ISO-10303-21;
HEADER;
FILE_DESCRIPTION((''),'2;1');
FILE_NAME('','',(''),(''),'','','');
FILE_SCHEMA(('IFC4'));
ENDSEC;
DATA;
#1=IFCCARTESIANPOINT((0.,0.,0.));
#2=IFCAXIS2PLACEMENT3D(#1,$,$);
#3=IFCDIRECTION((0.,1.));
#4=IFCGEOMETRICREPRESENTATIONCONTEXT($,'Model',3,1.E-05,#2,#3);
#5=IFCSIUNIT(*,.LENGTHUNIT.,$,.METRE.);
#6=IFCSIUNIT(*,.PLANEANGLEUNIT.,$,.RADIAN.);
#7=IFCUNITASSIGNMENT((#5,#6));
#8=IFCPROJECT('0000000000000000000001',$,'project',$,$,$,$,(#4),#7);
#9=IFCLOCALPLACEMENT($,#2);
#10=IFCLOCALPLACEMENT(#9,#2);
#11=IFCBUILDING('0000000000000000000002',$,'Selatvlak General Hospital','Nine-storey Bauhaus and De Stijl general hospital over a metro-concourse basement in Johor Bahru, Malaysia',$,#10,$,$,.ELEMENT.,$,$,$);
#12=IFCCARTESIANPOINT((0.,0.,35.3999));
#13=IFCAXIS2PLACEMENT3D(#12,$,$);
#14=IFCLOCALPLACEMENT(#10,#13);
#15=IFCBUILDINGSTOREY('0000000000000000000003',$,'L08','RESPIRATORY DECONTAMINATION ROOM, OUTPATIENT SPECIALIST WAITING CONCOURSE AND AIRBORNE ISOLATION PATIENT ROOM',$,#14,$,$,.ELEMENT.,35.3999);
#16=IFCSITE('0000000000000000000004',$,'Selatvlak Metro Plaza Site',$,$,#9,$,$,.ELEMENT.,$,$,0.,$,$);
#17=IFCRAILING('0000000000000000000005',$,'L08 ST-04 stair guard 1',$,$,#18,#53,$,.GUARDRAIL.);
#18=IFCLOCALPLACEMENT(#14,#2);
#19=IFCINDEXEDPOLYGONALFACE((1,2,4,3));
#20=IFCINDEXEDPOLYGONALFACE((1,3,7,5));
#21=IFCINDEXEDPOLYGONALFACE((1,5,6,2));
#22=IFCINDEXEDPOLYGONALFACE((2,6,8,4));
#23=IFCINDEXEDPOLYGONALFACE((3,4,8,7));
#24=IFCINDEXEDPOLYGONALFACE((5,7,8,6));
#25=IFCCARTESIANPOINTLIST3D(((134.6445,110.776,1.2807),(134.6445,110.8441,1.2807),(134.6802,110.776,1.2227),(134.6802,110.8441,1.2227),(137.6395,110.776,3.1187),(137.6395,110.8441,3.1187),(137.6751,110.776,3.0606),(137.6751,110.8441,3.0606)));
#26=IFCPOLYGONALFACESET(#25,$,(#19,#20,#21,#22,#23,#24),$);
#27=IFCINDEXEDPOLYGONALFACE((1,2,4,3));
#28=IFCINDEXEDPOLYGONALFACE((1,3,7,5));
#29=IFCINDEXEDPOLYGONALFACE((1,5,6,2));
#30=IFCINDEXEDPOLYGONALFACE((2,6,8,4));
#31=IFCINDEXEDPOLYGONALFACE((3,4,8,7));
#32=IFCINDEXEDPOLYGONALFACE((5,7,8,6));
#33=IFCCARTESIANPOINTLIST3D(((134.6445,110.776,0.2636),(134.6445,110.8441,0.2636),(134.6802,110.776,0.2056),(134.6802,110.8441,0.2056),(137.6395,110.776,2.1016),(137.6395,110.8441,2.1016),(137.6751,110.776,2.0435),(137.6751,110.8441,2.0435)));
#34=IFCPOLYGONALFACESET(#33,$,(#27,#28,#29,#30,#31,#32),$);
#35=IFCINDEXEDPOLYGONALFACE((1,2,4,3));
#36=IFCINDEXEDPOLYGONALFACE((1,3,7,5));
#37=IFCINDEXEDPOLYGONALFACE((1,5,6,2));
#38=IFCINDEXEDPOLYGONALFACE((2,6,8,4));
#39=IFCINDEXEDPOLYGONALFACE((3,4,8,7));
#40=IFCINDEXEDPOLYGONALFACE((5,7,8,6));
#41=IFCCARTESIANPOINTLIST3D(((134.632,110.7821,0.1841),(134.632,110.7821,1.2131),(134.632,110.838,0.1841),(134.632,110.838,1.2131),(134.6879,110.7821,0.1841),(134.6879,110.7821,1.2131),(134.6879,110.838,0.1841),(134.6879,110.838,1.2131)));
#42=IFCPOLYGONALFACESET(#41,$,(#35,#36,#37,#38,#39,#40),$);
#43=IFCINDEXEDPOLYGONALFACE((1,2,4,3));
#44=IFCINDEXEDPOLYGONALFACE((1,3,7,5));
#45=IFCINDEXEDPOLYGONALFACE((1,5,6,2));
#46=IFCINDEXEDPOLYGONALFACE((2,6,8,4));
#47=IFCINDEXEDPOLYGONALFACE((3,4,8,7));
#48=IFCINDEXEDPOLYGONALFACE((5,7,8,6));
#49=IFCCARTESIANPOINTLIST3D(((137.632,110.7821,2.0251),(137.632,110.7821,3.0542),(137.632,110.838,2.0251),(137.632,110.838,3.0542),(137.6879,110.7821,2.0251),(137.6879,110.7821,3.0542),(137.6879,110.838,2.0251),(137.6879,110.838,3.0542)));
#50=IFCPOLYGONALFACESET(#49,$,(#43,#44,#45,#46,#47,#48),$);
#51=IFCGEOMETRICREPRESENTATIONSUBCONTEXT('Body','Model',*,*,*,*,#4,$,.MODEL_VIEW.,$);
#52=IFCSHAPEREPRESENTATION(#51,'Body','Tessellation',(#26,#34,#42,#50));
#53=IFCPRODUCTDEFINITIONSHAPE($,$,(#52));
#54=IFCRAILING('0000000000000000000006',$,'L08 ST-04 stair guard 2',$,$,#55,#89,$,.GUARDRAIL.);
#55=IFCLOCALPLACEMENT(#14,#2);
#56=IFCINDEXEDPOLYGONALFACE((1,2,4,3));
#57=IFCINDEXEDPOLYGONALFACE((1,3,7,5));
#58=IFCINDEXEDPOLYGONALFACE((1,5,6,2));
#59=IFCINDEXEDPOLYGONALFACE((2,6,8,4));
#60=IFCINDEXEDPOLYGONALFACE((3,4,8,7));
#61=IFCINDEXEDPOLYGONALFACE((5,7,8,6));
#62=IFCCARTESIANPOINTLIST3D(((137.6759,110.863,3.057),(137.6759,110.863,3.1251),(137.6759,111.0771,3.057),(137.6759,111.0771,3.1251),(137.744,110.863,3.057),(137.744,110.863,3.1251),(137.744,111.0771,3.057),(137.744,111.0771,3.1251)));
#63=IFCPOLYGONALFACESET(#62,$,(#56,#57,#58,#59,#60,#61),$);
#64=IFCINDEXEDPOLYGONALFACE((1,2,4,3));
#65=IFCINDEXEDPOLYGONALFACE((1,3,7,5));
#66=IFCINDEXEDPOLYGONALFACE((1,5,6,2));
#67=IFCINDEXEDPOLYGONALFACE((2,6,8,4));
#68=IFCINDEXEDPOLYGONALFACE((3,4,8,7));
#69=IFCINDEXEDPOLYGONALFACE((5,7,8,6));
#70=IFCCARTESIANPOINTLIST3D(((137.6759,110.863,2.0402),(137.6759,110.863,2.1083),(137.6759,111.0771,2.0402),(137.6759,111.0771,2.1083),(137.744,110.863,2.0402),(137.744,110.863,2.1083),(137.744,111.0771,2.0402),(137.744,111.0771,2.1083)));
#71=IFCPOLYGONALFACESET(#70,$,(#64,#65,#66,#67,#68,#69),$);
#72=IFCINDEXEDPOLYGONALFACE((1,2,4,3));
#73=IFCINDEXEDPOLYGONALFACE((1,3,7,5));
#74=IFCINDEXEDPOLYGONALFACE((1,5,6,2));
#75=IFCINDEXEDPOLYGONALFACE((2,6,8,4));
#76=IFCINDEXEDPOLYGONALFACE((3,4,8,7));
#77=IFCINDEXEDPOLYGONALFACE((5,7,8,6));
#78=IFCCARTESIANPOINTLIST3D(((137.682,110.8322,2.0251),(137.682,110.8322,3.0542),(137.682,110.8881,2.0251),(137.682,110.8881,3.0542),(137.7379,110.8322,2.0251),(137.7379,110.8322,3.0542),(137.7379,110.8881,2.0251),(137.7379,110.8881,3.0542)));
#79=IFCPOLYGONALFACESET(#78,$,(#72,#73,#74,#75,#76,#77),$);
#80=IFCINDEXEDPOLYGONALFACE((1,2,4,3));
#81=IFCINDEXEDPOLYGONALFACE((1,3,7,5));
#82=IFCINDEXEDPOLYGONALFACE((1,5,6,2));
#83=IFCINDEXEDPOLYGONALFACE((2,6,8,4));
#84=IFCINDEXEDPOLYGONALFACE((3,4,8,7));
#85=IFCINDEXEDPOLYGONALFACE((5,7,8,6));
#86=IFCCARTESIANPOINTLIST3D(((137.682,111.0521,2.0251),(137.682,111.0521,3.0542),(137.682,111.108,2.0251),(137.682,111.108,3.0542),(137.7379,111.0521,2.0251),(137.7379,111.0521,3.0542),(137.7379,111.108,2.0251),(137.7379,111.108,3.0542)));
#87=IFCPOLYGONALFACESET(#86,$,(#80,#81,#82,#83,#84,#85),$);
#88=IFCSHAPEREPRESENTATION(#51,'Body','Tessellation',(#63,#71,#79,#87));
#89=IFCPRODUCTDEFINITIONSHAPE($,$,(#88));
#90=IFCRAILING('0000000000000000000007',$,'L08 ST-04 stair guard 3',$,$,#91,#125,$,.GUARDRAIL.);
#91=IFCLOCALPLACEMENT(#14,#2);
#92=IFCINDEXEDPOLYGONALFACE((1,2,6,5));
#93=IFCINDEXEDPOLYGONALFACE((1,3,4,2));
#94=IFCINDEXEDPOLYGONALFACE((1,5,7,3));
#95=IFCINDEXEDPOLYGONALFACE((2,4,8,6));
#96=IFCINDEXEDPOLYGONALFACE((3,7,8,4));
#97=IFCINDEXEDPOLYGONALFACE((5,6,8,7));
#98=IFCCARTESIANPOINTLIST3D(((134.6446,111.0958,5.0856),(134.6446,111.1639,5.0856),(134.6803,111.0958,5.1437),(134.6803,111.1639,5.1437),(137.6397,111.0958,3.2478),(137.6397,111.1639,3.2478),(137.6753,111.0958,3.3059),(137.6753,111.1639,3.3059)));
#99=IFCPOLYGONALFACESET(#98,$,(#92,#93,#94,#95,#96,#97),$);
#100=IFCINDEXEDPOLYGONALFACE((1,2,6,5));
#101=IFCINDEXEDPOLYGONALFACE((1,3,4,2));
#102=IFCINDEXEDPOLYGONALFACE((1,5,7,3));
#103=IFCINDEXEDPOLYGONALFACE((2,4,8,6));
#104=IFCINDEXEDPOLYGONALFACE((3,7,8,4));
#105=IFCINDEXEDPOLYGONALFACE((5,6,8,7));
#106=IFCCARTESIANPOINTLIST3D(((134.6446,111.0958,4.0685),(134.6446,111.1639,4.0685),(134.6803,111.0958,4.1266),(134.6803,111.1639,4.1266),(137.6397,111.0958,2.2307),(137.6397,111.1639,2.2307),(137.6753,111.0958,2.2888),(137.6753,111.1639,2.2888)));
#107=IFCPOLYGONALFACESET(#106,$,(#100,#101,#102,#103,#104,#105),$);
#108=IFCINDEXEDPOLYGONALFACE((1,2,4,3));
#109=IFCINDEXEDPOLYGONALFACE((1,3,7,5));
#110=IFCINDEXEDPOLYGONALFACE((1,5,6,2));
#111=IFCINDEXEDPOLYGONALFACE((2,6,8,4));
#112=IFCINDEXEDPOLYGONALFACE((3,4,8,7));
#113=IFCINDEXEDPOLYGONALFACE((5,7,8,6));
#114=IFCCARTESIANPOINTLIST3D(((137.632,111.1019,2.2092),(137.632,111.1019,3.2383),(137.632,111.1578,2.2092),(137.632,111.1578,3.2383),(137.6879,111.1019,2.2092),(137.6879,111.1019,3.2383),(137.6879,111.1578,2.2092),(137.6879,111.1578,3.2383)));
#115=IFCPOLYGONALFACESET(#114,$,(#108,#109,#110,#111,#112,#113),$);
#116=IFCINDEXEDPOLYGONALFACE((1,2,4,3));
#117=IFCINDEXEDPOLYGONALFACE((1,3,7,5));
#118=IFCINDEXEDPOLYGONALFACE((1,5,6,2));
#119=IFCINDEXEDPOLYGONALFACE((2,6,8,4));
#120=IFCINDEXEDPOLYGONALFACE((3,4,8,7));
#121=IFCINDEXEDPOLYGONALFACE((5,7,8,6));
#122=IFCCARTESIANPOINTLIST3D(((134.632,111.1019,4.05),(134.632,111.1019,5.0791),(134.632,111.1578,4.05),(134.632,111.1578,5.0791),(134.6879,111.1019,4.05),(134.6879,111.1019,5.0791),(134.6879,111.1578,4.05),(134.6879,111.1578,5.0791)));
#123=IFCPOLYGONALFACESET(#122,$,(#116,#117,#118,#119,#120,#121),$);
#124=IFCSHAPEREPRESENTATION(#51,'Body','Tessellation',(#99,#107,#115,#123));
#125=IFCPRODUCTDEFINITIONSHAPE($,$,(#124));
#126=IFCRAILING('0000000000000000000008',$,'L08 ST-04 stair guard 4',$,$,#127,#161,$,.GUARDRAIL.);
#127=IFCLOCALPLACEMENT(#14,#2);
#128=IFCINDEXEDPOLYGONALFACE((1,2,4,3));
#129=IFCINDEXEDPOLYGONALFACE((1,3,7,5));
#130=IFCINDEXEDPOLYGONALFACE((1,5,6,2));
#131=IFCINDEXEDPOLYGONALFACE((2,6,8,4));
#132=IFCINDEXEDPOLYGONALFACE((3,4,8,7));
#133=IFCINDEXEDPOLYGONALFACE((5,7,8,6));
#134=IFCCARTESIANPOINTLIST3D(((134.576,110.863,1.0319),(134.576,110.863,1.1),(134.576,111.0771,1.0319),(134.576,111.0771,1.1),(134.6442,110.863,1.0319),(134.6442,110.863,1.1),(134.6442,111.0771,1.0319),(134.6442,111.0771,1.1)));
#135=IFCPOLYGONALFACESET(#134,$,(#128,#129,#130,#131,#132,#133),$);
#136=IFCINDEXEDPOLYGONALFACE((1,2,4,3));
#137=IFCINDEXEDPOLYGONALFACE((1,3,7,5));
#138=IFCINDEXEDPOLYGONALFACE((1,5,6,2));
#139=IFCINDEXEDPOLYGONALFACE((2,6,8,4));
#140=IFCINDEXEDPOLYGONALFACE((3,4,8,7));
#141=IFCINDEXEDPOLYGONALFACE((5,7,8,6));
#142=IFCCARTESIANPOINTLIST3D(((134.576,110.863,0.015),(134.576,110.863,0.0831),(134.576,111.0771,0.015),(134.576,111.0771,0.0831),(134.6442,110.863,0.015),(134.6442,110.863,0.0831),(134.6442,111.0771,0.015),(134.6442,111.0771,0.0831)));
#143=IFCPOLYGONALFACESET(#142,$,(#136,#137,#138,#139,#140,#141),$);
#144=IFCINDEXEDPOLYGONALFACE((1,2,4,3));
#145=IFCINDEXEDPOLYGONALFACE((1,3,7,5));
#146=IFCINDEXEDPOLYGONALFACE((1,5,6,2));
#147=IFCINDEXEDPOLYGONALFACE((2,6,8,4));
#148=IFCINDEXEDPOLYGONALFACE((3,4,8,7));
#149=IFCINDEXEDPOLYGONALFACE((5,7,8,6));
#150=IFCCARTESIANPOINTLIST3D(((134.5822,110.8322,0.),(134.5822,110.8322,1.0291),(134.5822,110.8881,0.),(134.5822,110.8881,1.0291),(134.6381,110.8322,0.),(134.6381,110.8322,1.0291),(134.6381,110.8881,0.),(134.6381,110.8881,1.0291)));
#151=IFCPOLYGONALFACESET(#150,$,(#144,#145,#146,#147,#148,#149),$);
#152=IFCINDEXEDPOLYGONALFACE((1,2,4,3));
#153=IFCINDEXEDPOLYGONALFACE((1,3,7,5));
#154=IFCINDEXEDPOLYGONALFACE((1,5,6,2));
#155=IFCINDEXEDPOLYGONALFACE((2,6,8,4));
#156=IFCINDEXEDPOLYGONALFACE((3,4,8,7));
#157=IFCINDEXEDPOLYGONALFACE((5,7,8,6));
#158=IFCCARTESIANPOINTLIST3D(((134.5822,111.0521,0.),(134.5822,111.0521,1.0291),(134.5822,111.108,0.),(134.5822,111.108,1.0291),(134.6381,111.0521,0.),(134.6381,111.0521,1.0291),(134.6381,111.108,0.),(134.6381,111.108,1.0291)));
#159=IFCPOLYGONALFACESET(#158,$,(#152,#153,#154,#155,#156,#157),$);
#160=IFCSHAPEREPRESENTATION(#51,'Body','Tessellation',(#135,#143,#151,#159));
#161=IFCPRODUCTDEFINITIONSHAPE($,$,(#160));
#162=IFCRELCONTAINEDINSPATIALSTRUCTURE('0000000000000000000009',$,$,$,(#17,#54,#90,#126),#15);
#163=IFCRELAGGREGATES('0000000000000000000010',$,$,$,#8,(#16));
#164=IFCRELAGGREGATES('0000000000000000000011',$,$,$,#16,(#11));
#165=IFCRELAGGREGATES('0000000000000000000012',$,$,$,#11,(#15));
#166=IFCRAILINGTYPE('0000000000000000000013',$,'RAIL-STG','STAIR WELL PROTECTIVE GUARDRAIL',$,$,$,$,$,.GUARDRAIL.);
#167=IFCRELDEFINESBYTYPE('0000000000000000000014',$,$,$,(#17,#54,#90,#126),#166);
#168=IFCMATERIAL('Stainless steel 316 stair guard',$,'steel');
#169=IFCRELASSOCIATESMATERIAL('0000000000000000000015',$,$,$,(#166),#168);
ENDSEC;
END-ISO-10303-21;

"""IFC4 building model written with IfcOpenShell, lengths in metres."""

from ifc_helpers import new_model, si_unit, direction, frame, origin, origin_2d, place, context, subcontext, project, spatial, rectangle, extrude, material, type_object, element, save


model = new_model("IFC4")

# Units and contexts
model_context = context("Model", 3, precision=1e-05, world=origin(), true_north=direction((0.0, 1.0)))
body_context = subcontext(model_context, "Body", "Model", "MODEL_VIEW")
ifc_project = project(units=[si_unit("LENGTHUNIT", "METRE"), si_unit("PLANEANGLEUNIT", "RADIAN")], contexts=[model_context])

# Site, building, storey
site_placement = place(None, origin())
site = spatial("IfcSite", under=ifc_project, at=site_placement, Name="Selatvlak Metro Plaza Site", CompositionType="ELEMENT", RefElevation=0.0)
building_placement = place(site_placement, origin())
building = spatial("IfcBuilding", under=site, at=building_placement, Name="Selatvlak General Hospital", Description="Nine-storey Bauhaus and De Stijl general hospital over a metro-concourse basement in Johor Bahru, Malaysia", CompositionType="ELEMENT")
storey_placement = place(building_placement, frame((0.0, 0.0, 35.3999)))
storey = spatial("IfcBuildingStorey", under=building, at=storey_placement, Name="L08", Description="RESPIRATORY DECONTAMINATION ROOM, OUTPATIENT SPECIALIST WAITING CONCOURSE AND AIRBORNE ISOLATION PATIENT ROOM", CompositionType="ELEMENT", Elevation=35.3999)

# Railings
ifc_material_1 = material(Name="Stainless steel 316 stair guard", Category="steel")
railing_type_1 = type_object("IfcRailingType", Name="RAIL-STG", Description="STAIR WELL PROTECTIVE GUARDRAIL", PredefinedType="GUARDRAIL", material=ifc_material_1)
railing_1_placement = place(storey_placement, frame((134.6599, 110.8101, 0.1841)))
element("IfcRailing", 1, at=railing_1_placement, inside=storey, type_object=railing_type_1, Name="L08 ST-04 stair guard 1", PredefinedType="GUARDRAIL", context=body_context, shape_type="SweptSolid", body=[
    extrude(rectangle(XDim=0.0681, YDim=0.0681, at=origin_2d()), frame((0.0024, 0.0, 1.0676), z_axis=(0.852303, 0.0, 0.523048), x_axis=(0.0, 1.0, 0.0)), (0.0, 0.0, 1.0), 3.5139),
    extrude(rectangle(XDim=0.0681, YDim=0.0681, at=origin_2d()), frame((0.0024, 0.0, 0.0505), z_axis=(0.852303, 0.0, 0.523048), x_axis=(0.0, 1.0, 0.0)), (0.0, 0.0, 1.0), 3.5139),
    extrude(rectangle(XDim=0.0559, YDim=0.0559, at=origin_2d()), origin(), (0.0, 0.0, 1.0), 1.0291),
    extrude(rectangle(XDim=0.0559, YDim=0.0559, at=origin_2d()), frame((3.0, 0.0, 1.8411)), (0.0, 0.0, 1.0), 1.0291),
])
railing_2_placement = place(storey_placement, frame((137.71, 110.8601, 2.0251)))
element("IfcRailing", 2, at=railing_2_placement, inside=storey, type_object=railing_type_1, Name="L08 ST-04 stair guard 2", PredefinedType="GUARDRAIL", context=body_context, shape_type="SweptSolid", body=[
    extrude(rectangle(XDim=0.0681, YDim=0.0681, at=origin_2d()), frame((0.0, 0.0029, 1.0659), z_axis=(0.0, 1.0, 0.0), x_axis=(-1.0, 0.0, 0.0)), (0.0, 0.0, 1.0), 0.2141),
    extrude(rectangle(XDim=0.0681, YDim=0.0681, at=origin_2d()), frame((0.0, 0.0029, 0.0491), z_axis=(0.0, 1.0, 0.0), x_axis=(-1.0, 0.0, 0.0)), (0.0, 0.0, 1.0), 0.2141),
    extrude(rectangle(XDim=0.0559, YDim=0.0559, at=origin_2d()), origin(), (0.0, 0.0, 1.0), 1.0291),
    extrude(rectangle(XDim=0.0559, YDim=0.0559, at=origin_2d()), frame((0.0, 0.22, 0.0)), (0.0, 0.0, 1.0), 1.0291),
])
railing_3_placement = place(storey_placement, frame((137.6599, 111.1299, 2.2092)))
element("IfcRailing", 3, at=railing_3_placement, inside=storey, type_object=railing_type_1, Name="L08 ST-04 stair guard 3", PredefinedType="GUARDRAIL", context=body_context, shape_type="SweptSolid", body=[
    extrude(rectangle(XDim=0.0681, YDim=0.0681, at=origin_2d()), frame((-0.0024, 0.0, 1.0676), z_axis=(-0.852334, 0.0, 0.522998), x_axis=(0.0, -1.0, 0.0)), (0.0, 0.0, 1.0), 3.5139),
    extrude(rectangle(XDim=0.0681, YDim=0.0681, at=origin_2d()), frame((-0.0024, 0.0, 0.0505), z_axis=(-0.852334, 0.0, 0.522998), x_axis=(0.0, -1.0, 0.0)), (0.0, 0.0, 1.0), 3.5139),
    extrude(rectangle(XDim=0.0559, YDim=0.0559, at=origin_2d()), origin(), (0.0, 0.0, 1.0), 1.0291),
    extrude(rectangle(XDim=0.0559, YDim=0.0559, at=origin_2d()), frame((-3.0, 0.0, 1.8408)), (0.0, 0.0, 1.0), 1.0291),
])
railing_4_placement = place(storey_placement, frame((134.6101, 110.8601, 0.0)))
element("IfcRailing", 4, at=railing_4_placement, inside=storey, type_object=railing_type_1, Name="L08 ST-04 stair guard 4", PredefinedType="GUARDRAIL", context=body_context, shape_type="SweptSolid", body=[
    extrude(rectangle(XDim=0.0681, YDim=0.0681, at=origin_2d()), frame((0.0, 0.0029, 1.0659), z_axis=(0.0, 1.0, 0.0), x_axis=(-1.0, 0.0, 0.0)), (0.0, 0.0, 1.0), 0.2141),
    extrude(rectangle(XDim=0.0681, YDim=0.0681, at=origin_2d()), frame((0.0, 0.0029, 0.0491), z_axis=(0.0, 1.0, 0.0), x_axis=(-1.0, 0.0, 0.0)), (0.0, 0.0, 1.0), 0.2141),
    extrude(rectangle(XDim=0.0559, YDim=0.0559, at=origin_2d()), origin(), (0.0, 0.0, 1.0), 1.0291),
    extrude(rectangle(XDim=0.0559, YDim=0.0559, at=origin_2d()), frame((0.0, 0.22, 0.0)), (0.0, 0.0, 1.0), 1.0291),
])

save(model, "model.ifc")
